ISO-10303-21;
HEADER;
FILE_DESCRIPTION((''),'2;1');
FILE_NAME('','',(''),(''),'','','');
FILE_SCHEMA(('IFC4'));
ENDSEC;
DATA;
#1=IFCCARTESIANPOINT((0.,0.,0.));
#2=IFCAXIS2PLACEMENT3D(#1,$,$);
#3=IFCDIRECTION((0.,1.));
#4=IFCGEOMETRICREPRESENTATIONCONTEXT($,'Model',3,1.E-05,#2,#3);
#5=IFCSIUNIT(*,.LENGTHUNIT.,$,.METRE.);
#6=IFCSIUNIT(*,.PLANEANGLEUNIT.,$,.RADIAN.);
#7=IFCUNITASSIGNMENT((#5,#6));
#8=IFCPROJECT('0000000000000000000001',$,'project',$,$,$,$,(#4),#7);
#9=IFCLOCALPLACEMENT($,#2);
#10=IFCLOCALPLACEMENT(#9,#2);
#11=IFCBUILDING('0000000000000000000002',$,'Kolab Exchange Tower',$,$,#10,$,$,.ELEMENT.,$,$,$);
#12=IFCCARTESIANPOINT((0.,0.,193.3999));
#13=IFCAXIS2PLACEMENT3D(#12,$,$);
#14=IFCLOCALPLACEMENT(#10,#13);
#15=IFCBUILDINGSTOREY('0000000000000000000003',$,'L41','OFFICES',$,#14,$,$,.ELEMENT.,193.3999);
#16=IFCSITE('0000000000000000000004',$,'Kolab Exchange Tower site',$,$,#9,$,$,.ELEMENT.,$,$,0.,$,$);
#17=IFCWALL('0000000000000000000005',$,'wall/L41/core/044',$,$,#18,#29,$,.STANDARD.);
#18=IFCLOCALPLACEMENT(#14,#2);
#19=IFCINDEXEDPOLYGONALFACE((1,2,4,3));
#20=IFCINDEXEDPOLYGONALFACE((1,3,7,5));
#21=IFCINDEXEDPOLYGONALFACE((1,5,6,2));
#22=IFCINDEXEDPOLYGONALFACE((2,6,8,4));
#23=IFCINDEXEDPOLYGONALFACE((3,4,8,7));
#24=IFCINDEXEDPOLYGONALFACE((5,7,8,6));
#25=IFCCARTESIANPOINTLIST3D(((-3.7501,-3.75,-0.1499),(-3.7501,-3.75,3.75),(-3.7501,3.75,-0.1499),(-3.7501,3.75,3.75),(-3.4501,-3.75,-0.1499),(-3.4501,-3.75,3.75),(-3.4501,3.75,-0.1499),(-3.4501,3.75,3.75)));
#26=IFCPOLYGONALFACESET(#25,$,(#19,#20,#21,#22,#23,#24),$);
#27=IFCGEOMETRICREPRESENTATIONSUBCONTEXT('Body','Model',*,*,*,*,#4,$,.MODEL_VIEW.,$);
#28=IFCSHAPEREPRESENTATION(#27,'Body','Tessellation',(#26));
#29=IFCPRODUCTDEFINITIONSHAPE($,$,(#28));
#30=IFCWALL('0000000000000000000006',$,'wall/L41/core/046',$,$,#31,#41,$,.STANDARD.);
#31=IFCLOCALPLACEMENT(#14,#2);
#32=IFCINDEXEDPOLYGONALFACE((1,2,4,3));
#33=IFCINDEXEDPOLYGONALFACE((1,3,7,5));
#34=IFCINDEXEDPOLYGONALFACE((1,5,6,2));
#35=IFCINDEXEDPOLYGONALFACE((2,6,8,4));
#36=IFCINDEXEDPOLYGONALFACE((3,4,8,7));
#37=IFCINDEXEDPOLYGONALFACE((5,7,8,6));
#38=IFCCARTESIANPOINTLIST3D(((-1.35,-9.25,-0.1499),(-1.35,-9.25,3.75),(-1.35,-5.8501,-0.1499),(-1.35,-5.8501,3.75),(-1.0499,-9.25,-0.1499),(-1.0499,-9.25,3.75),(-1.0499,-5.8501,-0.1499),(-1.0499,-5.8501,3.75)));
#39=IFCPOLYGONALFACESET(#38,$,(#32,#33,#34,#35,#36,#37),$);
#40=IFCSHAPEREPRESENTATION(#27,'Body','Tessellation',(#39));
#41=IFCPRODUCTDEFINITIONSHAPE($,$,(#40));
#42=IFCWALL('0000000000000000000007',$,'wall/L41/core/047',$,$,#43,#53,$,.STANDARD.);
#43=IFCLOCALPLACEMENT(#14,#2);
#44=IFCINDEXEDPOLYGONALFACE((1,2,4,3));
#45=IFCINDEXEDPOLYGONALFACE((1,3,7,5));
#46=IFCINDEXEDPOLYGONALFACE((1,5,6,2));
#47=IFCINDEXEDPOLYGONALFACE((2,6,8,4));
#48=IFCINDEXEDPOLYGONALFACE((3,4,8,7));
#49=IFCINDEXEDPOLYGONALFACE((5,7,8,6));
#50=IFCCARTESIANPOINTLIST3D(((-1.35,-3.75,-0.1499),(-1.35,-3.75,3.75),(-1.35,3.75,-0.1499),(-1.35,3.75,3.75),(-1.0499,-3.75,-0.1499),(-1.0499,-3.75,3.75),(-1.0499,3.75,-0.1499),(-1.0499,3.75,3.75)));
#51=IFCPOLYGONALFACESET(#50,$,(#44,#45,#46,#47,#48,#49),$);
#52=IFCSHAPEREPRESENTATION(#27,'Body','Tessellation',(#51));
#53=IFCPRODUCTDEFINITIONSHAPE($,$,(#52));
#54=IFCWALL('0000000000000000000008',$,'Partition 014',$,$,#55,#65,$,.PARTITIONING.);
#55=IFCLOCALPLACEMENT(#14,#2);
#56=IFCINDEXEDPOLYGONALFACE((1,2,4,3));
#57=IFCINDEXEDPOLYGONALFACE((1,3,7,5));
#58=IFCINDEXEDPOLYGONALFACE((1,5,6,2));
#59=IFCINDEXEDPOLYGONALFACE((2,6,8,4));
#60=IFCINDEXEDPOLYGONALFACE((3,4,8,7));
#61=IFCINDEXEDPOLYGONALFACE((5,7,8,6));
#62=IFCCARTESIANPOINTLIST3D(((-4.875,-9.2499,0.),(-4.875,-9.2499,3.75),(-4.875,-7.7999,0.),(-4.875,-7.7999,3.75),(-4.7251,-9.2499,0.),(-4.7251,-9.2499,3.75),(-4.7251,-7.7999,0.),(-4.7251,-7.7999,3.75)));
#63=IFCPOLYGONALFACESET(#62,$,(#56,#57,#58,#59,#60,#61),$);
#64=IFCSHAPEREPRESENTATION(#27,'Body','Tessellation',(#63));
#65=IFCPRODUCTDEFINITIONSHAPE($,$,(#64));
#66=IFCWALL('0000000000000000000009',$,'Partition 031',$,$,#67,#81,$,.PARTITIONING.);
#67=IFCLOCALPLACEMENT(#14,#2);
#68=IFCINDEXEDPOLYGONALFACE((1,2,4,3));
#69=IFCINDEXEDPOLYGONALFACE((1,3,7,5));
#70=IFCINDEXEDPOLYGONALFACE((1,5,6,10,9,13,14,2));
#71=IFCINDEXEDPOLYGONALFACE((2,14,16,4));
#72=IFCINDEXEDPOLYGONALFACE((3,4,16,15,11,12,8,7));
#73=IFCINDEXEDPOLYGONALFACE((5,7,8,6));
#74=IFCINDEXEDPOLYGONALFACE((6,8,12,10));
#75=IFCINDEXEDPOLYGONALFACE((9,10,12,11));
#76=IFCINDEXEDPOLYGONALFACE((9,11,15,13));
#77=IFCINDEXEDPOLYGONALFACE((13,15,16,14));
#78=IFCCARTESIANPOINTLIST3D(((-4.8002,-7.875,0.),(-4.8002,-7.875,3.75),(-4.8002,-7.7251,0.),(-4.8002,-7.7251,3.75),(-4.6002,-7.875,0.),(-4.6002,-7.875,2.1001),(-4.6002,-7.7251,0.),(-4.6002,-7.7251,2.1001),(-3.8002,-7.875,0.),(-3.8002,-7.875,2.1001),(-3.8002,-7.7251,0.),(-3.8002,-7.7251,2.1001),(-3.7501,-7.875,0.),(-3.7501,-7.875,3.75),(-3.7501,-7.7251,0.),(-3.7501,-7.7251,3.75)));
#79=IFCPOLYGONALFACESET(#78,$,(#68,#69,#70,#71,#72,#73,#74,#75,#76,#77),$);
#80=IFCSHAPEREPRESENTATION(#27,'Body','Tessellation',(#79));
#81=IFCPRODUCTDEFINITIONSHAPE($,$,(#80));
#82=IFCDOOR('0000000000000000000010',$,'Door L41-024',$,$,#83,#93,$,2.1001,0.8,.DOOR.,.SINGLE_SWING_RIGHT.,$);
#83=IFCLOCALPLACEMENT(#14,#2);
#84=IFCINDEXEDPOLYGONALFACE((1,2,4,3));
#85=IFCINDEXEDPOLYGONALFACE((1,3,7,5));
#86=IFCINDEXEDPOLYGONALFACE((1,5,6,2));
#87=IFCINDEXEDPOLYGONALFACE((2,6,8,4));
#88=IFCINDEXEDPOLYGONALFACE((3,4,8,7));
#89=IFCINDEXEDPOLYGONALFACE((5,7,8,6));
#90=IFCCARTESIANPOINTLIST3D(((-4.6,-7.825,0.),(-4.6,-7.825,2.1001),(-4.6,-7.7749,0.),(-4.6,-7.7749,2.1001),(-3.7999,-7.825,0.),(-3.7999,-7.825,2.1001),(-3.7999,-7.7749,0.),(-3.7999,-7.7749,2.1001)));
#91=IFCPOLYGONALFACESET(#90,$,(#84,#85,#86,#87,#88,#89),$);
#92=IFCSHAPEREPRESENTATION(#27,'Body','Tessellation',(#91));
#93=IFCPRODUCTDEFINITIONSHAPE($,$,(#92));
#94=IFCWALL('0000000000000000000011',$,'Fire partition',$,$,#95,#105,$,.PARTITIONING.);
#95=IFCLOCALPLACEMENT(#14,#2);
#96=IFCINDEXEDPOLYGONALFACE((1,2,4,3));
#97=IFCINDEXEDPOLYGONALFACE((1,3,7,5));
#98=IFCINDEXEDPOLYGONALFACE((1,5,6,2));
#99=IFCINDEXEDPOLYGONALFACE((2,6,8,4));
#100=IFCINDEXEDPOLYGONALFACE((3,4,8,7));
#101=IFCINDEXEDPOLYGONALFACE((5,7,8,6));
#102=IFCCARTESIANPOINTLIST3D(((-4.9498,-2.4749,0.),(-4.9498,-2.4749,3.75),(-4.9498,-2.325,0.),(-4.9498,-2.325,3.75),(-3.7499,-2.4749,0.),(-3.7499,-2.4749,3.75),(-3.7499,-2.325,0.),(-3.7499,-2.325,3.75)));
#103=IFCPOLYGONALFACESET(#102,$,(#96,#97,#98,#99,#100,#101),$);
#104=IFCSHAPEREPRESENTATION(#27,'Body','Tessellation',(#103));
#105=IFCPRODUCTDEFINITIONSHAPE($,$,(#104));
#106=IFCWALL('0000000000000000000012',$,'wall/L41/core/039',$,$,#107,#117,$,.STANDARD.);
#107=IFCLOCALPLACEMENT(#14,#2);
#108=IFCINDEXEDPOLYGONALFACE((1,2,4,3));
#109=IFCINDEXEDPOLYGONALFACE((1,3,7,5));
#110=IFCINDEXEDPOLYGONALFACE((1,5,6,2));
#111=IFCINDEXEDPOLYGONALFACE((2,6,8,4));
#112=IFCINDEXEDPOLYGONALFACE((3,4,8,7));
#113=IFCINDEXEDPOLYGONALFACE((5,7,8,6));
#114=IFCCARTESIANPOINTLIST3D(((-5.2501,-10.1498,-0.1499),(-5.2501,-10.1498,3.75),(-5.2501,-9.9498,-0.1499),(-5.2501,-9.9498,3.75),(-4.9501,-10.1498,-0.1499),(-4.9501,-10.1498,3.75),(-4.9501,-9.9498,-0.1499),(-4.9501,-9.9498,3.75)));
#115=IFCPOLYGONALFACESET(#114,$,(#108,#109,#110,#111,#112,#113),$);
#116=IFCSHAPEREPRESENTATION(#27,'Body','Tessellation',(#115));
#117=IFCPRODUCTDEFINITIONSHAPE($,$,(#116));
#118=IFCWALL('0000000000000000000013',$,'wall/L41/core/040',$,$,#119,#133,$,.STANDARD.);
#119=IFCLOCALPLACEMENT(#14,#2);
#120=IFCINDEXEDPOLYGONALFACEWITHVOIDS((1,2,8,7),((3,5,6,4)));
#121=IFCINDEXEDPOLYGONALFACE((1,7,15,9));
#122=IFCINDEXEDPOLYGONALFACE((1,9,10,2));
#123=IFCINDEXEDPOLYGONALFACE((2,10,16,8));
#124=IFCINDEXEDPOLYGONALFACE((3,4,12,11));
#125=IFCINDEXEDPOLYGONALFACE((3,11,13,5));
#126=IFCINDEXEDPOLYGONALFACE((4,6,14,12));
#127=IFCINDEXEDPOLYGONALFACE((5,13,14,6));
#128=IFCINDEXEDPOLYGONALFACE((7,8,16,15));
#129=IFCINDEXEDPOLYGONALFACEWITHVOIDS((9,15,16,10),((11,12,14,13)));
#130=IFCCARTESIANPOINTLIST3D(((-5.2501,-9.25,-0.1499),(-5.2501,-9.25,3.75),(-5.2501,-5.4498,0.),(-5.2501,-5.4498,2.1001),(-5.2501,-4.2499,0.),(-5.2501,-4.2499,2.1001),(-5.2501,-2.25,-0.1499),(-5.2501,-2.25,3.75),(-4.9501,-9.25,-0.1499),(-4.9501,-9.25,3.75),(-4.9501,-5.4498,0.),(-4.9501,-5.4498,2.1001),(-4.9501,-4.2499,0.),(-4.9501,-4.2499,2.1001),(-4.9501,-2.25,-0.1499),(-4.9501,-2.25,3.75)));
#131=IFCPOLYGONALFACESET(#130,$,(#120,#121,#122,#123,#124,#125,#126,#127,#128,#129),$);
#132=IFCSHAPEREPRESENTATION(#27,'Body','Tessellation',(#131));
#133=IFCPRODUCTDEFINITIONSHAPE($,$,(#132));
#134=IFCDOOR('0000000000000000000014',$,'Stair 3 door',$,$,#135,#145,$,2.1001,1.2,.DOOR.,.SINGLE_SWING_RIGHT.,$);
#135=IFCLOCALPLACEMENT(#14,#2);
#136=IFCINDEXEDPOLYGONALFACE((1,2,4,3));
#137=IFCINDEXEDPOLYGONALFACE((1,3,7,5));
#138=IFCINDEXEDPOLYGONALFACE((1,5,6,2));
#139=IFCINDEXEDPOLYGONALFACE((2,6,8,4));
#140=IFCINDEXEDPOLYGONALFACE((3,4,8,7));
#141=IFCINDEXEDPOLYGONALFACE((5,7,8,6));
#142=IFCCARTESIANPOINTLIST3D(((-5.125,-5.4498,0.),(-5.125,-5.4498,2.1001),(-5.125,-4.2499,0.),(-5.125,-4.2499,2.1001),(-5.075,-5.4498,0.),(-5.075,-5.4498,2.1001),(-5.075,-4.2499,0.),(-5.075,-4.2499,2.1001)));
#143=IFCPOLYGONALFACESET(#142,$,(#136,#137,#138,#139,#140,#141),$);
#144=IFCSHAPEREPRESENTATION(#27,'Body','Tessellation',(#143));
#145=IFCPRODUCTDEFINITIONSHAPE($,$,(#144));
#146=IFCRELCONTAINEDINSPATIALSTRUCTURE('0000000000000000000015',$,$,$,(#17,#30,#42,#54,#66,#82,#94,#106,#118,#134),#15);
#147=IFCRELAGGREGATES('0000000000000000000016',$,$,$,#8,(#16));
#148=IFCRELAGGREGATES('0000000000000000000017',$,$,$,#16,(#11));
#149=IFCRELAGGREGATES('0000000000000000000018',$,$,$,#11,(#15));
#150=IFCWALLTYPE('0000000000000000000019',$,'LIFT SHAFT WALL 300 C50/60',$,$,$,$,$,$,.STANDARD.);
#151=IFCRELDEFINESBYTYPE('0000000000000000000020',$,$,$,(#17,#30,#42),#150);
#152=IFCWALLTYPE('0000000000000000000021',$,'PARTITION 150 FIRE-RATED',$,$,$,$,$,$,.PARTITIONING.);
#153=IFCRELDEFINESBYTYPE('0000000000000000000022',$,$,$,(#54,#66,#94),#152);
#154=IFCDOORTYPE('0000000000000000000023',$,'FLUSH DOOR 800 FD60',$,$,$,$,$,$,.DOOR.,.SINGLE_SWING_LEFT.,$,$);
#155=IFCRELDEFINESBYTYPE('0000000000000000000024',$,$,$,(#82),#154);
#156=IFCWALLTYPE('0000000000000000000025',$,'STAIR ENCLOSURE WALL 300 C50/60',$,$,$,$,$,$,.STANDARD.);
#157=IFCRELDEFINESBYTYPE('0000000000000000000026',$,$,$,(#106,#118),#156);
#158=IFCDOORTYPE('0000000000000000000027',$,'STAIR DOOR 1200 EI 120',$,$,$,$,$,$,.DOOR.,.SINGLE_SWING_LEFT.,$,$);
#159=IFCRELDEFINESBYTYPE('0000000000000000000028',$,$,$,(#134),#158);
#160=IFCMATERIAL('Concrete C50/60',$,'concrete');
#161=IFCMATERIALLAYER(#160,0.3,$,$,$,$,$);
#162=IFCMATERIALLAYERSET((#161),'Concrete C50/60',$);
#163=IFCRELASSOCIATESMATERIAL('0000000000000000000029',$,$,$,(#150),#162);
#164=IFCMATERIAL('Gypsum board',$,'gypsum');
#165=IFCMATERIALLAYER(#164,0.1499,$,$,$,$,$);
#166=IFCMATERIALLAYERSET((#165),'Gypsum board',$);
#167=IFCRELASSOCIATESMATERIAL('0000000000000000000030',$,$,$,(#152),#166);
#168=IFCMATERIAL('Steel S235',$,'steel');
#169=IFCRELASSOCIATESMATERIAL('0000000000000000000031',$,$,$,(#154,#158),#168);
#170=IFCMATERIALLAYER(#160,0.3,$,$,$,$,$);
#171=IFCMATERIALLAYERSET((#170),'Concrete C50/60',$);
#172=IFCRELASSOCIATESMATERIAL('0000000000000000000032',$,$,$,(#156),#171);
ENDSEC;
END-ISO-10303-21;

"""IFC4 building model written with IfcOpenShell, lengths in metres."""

from ifc_helpers import new_model, si_unit, direction, frame, frame_2d, origin, place, context, subcontext, project, spatial, rectangle, extrude, material, layer, layer_set, type_object, element, fill, save


model = new_model("IFC4")

# Units and contexts
model_context = context("Model", 3, precision=1e-05, world=origin(), true_north=direction((0.0, 1.0)))
body_context = subcontext(model_context, "Body", "Model", "MODEL_VIEW")
ifc_project = project(units=[si_unit("LENGTHUNIT", "METRE"), si_unit("PLANEANGLEUNIT", "RADIAN")], contexts=[model_context])

# Site, building, storey
site_placement = place(None, origin())
site = spatial("IfcSite", under=ifc_project, at=site_placement, Name="Kolab Exchange Tower site", CompositionType="ELEMENT", RefElevation=0.0)
building_placement = place(site_placement, origin())
building = spatial("IfcBuilding", under=site, at=building_placement, Name="Kolab Exchange Tower", CompositionType="ELEMENT")
storey_placement = place(building_placement, frame((0.0, 0.0, 193.3999)))
storey = spatial("IfcBuildingStorey", under=building, at=storey_placement, Name="L41", Description="OFFICES", CompositionType="ELEMENT", Elevation=193.3999)

# Shared definitions
ifc_material_1 = material(Name="Steel S235", Category="steel")
ifc_material_2 = material(Name="Concrete C50/60", Category="concrete")
ifc_layer_1 = layer(ifc_material_2, 0.3)
ifc_layer_set_1 = layer_set([ifc_layer_1], Name="Concrete C50/60")
wall_type_1 = type_object("IfcWallType", Name="LIFT SHAFT WALL 300 C50/60", PredefinedType="STANDARD", material=ifc_layer_set_1)

# Walls
wall_1_placement = place(storey_placement, frame((-3.6001, -3.75, -0.1499), z_axis=(0.0, 0.0, 1.0), x_axis=(0.0, 1.0, 0.0)))
element("IfcWall", 1, at=wall_1_placement, inside=storey, type_object=wall_type_1, Name="wall/L41/core/044", PredefinedType="STANDARD", context=body_context, shape_type="SweptSolid", body=[
    extrude(rectangle(XDim=7.5, YDim=0.3, at=frame_2d((3.75, 0.0))), origin(), (0.0, 0.0, 1.0), 3.8999),
])
wall_2_placement = place(storey_placement, frame((-1.2, -9.25, -0.1499), z_axis=(0.0, 0.0, 1.0), x_axis=(0.0, 1.0, 0.0)))
element("IfcWall", 2, at=wall_2_placement, inside=storey, type_object=wall_type_1, Name="wall/L41/core/046", PredefinedType="STANDARD", context=body_context, shape_type="SweptSolid", body=[
    extrude(rectangle(XDim=3.3999, YDim=0.3, at=frame_2d((1.7, 0.0))), origin(), (0.0, 0.0, 1.0), 3.8999),
])
wall_3_placement = place(storey_placement, frame((-1.2, -3.75, -0.1499), z_axis=(0.0, 0.0, 1.0), x_axis=(0.0, 1.0, 0.0)))
element("IfcWall", 3, at=wall_3_placement, inside=storey, type_object=wall_type_1, Name="wall/L41/core/047", PredefinedType="STANDARD", context=body_context, shape_type="SweptSolid", body=[
    extrude(rectangle(XDim=7.5, YDim=0.3, at=frame_2d((3.75, 0.0))), origin(), (0.0, 0.0, 1.0), 3.8999),
])
ifc_material_3 = material(Name="Gypsum board", Category="gypsum")
ifc_layer_2 = layer(ifc_material_3, 0.1499)
ifc_layer_set_2 = layer_set([ifc_layer_2], Name="Gypsum board")
wall_type_2 = type_object("IfcWallType", Name="PARTITION 150 FIRE-RATED", PredefinedType="PARTITIONING", material=ifc_layer_set_2)
wall_4_placement = place(storey_placement, frame((-4.8, -9.25, 0.0), z_axis=(0.0, 0.0, 1.0), x_axis=(0.0, 1.0, 0.0)))
element("IfcWall", 4, at=wall_4_placement, inside=storey, type_object=wall_type_2, Name="Partition 014", PredefinedType="PARTITIONING", context=body_context, shape_type="SweptSolid", body=[
    extrude(rectangle(XDim=1.45, YDim=0.1499, at=frame_2d((0.7251, 0.0))), origin(), (0.0, 0.0, 1.0), 3.75),
])

# Wall, opening, door
wall_5_placement = place(storey_placement, frame((-4.8, -7.8, 0.0), z_axis=(0.0, 0.0, 1.0), x_axis=(1.0, 0.0, 0.0)))
wall_5 = element("IfcWall", 5, at=wall_5_placement, inside=storey, type_object=wall_type_2, Name="Partition 031", PredefinedType="PARTITIONING", context=body_context, shape_type="SweptSolid", body=[
    extrude(rectangle(XDim=1.05, YDim=0.1499, at=frame_2d((0.5249, 0.0))), origin(), (0.0, 0.0, 1.0), 3.75),
])
opening_1_placement = place(wall_5_placement, frame((0.2, 0.0, 0.0)))
opening_1 = element("IfcOpeningElement", 6, at=opening_1_placement, cuts=wall_5, PredefinedType="OPENING", context=body_context, shape_type="SweptSolid", body=[
    extrude(rectangle(XDim=0.8, YDim=2.1001, at=frame_2d((0.3999, 1.05))), frame((0.0, 0.085, 0.0), z_axis=(0.0, -1.0, 0.0), x_axis=(1.0, 0.0, 0.0)), (0.0, 0.0, 1.0), 0.1699),
])
door_type_1 = type_object("IfcDoorType", Name="FLUSH DOOR 800 FD60", OperationType="SINGLE_SWING_LEFT", PredefinedType="DOOR", material=ifc_material_1)
door_1_placement = place(opening_1_placement, frame((0.8, 0.0, 0.0), z_axis=(0.0, 0.0, 1.0), x_axis=(-1.0, 0.0, 0.0)))
door_1 = element("IfcDoor", 7, at=door_1_placement, inside=storey, type_object=door_type_1, Name="Door L41-024", OperationType="SINGLE_SWING_RIGHT", OverallHeight=2.1001, OverallWidth=0.8, PredefinedType="DOOR", context=body_context, shape_type="SweptSolid", body=[
    extrude(rectangle(XDim=0.8, YDim=2.1001, at=frame_2d((0.3999, 1.05))), frame((0.0, 0.0249, 0.0), z_axis=(0.0, -1.0, 0.0), x_axis=(1.0, 0.0, 0.0)), (0.0, 0.0, 1.0), 0.05),
])
fill(opening_1, door_1)

# Walls
wall_6_placement = place(storey_placement, frame((-4.95, -2.3999, 0.0), z_axis=(0.0, 0.0, 1.0), x_axis=(1.0, 0.0, 0.0)))
element("IfcWall", 8, at=wall_6_placement, inside=storey, type_object=wall_type_2, Name="Fire partition", PredefinedType="PARTITIONING", context=body_context, shape_type="SweptSolid", body=[
    extrude(rectangle(XDim=1.2, YDim=0.1499, at=frame_2d((0.6001, 0.0))), origin(), (0.0, 0.0, 1.0), 3.75),
])
ifc_layer_3 = layer(ifc_material_2, 0.3)
ifc_layer_set_3 = layer_set([ifc_layer_3], Name="Concrete C50/60")
wall_type_3 = type_object("IfcWallType", Name="STAIR ENCLOSURE WALL 300 C50/60", PredefinedType="STANDARD", material=ifc_layer_set_3)
wall_7_placement = place(storey_placement, frame((-5.1001, -10.1499, -0.1499), z_axis=(0.0, 0.0, 1.0), x_axis=(0.0, 1.0, 0.0)))
element("IfcWall", 9, at=wall_7_placement, inside=storey, type_object=wall_type_3, Name="wall/L41/core/039", PredefinedType="STANDARD", context=body_context, shape_type="SweptSolid", body=[
    extrude(rectangle(XDim=0.2, YDim=0.3, at=frame_2d((0.1001, 0.0))), origin(), (0.0, 0.0, 1.0), 3.8999),
])

# Wall, opening, door
wall_8_placement = place(storey_placement, frame((-5.1001, -9.25, -0.1499), z_axis=(0.0, 0.0, 1.0), x_axis=(0.0, 1.0, 0.0)))
wall_8 = element("IfcWall", 10, at=wall_8_placement, inside=storey, type_object=wall_type_3, Name="wall/L41/core/040", PredefinedType="STANDARD", context=body_context, shape_type="SweptSolid", body=[
    extrude(rectangle(XDim=7.0, YDim=0.3, at=frame_2d((3.5, 0.0))), origin(), (0.0, 0.0, 1.0), 3.8999),
])
opening_2_placement = place(wall_8_placement, frame((3.8, 0.0, 0.1499)))
opening_2 = element("IfcOpeningElement", 11, at=opening_2_placement, cuts=wall_8, PredefinedType="OPENING", context=body_context, shape_type="SweptSolid", body=[
    extrude(rectangle(XDim=1.2, YDim=2.1001, at=frame_2d((0.6001, 1.05))), frame((0.0, 0.1602, 0.0), z_axis=(0.0, -1.0, 0.0), x_axis=(1.0, 0.0, 0.0)), (0.0, 0.0, 1.0), 0.3201),
])
door_type_2 = type_object("IfcDoorType", Name="STAIR DOOR 1200 EI 120", OperationType="SINGLE_SWING_LEFT", PredefinedType="DOOR", material=ifc_material_1)
door_2_placement = place(opening_2_placement, origin())
door_2 = element("IfcDoor", 12, at=door_2_placement, inside=storey, type_object=door_type_2, Name="Stair 3 door", OperationType="SINGLE_SWING_RIGHT", OverallHeight=2.1001, OverallWidth=1.2, PredefinedType="DOOR", context=body_context, shape_type="SweptSolid", body=[
    extrude(rectangle(XDim=1.2, YDim=2.1001, at=frame_2d((0.6001, 1.05))), frame((0.0, 0.0249, 0.0), z_axis=(0.0, -1.0, 0.0), x_axis=(1.0, 0.0, 0.0)), (0.0, 0.0, 1.0), 0.05),
])
fill(opening_2, door_2)

save(model, "model.ifc")
